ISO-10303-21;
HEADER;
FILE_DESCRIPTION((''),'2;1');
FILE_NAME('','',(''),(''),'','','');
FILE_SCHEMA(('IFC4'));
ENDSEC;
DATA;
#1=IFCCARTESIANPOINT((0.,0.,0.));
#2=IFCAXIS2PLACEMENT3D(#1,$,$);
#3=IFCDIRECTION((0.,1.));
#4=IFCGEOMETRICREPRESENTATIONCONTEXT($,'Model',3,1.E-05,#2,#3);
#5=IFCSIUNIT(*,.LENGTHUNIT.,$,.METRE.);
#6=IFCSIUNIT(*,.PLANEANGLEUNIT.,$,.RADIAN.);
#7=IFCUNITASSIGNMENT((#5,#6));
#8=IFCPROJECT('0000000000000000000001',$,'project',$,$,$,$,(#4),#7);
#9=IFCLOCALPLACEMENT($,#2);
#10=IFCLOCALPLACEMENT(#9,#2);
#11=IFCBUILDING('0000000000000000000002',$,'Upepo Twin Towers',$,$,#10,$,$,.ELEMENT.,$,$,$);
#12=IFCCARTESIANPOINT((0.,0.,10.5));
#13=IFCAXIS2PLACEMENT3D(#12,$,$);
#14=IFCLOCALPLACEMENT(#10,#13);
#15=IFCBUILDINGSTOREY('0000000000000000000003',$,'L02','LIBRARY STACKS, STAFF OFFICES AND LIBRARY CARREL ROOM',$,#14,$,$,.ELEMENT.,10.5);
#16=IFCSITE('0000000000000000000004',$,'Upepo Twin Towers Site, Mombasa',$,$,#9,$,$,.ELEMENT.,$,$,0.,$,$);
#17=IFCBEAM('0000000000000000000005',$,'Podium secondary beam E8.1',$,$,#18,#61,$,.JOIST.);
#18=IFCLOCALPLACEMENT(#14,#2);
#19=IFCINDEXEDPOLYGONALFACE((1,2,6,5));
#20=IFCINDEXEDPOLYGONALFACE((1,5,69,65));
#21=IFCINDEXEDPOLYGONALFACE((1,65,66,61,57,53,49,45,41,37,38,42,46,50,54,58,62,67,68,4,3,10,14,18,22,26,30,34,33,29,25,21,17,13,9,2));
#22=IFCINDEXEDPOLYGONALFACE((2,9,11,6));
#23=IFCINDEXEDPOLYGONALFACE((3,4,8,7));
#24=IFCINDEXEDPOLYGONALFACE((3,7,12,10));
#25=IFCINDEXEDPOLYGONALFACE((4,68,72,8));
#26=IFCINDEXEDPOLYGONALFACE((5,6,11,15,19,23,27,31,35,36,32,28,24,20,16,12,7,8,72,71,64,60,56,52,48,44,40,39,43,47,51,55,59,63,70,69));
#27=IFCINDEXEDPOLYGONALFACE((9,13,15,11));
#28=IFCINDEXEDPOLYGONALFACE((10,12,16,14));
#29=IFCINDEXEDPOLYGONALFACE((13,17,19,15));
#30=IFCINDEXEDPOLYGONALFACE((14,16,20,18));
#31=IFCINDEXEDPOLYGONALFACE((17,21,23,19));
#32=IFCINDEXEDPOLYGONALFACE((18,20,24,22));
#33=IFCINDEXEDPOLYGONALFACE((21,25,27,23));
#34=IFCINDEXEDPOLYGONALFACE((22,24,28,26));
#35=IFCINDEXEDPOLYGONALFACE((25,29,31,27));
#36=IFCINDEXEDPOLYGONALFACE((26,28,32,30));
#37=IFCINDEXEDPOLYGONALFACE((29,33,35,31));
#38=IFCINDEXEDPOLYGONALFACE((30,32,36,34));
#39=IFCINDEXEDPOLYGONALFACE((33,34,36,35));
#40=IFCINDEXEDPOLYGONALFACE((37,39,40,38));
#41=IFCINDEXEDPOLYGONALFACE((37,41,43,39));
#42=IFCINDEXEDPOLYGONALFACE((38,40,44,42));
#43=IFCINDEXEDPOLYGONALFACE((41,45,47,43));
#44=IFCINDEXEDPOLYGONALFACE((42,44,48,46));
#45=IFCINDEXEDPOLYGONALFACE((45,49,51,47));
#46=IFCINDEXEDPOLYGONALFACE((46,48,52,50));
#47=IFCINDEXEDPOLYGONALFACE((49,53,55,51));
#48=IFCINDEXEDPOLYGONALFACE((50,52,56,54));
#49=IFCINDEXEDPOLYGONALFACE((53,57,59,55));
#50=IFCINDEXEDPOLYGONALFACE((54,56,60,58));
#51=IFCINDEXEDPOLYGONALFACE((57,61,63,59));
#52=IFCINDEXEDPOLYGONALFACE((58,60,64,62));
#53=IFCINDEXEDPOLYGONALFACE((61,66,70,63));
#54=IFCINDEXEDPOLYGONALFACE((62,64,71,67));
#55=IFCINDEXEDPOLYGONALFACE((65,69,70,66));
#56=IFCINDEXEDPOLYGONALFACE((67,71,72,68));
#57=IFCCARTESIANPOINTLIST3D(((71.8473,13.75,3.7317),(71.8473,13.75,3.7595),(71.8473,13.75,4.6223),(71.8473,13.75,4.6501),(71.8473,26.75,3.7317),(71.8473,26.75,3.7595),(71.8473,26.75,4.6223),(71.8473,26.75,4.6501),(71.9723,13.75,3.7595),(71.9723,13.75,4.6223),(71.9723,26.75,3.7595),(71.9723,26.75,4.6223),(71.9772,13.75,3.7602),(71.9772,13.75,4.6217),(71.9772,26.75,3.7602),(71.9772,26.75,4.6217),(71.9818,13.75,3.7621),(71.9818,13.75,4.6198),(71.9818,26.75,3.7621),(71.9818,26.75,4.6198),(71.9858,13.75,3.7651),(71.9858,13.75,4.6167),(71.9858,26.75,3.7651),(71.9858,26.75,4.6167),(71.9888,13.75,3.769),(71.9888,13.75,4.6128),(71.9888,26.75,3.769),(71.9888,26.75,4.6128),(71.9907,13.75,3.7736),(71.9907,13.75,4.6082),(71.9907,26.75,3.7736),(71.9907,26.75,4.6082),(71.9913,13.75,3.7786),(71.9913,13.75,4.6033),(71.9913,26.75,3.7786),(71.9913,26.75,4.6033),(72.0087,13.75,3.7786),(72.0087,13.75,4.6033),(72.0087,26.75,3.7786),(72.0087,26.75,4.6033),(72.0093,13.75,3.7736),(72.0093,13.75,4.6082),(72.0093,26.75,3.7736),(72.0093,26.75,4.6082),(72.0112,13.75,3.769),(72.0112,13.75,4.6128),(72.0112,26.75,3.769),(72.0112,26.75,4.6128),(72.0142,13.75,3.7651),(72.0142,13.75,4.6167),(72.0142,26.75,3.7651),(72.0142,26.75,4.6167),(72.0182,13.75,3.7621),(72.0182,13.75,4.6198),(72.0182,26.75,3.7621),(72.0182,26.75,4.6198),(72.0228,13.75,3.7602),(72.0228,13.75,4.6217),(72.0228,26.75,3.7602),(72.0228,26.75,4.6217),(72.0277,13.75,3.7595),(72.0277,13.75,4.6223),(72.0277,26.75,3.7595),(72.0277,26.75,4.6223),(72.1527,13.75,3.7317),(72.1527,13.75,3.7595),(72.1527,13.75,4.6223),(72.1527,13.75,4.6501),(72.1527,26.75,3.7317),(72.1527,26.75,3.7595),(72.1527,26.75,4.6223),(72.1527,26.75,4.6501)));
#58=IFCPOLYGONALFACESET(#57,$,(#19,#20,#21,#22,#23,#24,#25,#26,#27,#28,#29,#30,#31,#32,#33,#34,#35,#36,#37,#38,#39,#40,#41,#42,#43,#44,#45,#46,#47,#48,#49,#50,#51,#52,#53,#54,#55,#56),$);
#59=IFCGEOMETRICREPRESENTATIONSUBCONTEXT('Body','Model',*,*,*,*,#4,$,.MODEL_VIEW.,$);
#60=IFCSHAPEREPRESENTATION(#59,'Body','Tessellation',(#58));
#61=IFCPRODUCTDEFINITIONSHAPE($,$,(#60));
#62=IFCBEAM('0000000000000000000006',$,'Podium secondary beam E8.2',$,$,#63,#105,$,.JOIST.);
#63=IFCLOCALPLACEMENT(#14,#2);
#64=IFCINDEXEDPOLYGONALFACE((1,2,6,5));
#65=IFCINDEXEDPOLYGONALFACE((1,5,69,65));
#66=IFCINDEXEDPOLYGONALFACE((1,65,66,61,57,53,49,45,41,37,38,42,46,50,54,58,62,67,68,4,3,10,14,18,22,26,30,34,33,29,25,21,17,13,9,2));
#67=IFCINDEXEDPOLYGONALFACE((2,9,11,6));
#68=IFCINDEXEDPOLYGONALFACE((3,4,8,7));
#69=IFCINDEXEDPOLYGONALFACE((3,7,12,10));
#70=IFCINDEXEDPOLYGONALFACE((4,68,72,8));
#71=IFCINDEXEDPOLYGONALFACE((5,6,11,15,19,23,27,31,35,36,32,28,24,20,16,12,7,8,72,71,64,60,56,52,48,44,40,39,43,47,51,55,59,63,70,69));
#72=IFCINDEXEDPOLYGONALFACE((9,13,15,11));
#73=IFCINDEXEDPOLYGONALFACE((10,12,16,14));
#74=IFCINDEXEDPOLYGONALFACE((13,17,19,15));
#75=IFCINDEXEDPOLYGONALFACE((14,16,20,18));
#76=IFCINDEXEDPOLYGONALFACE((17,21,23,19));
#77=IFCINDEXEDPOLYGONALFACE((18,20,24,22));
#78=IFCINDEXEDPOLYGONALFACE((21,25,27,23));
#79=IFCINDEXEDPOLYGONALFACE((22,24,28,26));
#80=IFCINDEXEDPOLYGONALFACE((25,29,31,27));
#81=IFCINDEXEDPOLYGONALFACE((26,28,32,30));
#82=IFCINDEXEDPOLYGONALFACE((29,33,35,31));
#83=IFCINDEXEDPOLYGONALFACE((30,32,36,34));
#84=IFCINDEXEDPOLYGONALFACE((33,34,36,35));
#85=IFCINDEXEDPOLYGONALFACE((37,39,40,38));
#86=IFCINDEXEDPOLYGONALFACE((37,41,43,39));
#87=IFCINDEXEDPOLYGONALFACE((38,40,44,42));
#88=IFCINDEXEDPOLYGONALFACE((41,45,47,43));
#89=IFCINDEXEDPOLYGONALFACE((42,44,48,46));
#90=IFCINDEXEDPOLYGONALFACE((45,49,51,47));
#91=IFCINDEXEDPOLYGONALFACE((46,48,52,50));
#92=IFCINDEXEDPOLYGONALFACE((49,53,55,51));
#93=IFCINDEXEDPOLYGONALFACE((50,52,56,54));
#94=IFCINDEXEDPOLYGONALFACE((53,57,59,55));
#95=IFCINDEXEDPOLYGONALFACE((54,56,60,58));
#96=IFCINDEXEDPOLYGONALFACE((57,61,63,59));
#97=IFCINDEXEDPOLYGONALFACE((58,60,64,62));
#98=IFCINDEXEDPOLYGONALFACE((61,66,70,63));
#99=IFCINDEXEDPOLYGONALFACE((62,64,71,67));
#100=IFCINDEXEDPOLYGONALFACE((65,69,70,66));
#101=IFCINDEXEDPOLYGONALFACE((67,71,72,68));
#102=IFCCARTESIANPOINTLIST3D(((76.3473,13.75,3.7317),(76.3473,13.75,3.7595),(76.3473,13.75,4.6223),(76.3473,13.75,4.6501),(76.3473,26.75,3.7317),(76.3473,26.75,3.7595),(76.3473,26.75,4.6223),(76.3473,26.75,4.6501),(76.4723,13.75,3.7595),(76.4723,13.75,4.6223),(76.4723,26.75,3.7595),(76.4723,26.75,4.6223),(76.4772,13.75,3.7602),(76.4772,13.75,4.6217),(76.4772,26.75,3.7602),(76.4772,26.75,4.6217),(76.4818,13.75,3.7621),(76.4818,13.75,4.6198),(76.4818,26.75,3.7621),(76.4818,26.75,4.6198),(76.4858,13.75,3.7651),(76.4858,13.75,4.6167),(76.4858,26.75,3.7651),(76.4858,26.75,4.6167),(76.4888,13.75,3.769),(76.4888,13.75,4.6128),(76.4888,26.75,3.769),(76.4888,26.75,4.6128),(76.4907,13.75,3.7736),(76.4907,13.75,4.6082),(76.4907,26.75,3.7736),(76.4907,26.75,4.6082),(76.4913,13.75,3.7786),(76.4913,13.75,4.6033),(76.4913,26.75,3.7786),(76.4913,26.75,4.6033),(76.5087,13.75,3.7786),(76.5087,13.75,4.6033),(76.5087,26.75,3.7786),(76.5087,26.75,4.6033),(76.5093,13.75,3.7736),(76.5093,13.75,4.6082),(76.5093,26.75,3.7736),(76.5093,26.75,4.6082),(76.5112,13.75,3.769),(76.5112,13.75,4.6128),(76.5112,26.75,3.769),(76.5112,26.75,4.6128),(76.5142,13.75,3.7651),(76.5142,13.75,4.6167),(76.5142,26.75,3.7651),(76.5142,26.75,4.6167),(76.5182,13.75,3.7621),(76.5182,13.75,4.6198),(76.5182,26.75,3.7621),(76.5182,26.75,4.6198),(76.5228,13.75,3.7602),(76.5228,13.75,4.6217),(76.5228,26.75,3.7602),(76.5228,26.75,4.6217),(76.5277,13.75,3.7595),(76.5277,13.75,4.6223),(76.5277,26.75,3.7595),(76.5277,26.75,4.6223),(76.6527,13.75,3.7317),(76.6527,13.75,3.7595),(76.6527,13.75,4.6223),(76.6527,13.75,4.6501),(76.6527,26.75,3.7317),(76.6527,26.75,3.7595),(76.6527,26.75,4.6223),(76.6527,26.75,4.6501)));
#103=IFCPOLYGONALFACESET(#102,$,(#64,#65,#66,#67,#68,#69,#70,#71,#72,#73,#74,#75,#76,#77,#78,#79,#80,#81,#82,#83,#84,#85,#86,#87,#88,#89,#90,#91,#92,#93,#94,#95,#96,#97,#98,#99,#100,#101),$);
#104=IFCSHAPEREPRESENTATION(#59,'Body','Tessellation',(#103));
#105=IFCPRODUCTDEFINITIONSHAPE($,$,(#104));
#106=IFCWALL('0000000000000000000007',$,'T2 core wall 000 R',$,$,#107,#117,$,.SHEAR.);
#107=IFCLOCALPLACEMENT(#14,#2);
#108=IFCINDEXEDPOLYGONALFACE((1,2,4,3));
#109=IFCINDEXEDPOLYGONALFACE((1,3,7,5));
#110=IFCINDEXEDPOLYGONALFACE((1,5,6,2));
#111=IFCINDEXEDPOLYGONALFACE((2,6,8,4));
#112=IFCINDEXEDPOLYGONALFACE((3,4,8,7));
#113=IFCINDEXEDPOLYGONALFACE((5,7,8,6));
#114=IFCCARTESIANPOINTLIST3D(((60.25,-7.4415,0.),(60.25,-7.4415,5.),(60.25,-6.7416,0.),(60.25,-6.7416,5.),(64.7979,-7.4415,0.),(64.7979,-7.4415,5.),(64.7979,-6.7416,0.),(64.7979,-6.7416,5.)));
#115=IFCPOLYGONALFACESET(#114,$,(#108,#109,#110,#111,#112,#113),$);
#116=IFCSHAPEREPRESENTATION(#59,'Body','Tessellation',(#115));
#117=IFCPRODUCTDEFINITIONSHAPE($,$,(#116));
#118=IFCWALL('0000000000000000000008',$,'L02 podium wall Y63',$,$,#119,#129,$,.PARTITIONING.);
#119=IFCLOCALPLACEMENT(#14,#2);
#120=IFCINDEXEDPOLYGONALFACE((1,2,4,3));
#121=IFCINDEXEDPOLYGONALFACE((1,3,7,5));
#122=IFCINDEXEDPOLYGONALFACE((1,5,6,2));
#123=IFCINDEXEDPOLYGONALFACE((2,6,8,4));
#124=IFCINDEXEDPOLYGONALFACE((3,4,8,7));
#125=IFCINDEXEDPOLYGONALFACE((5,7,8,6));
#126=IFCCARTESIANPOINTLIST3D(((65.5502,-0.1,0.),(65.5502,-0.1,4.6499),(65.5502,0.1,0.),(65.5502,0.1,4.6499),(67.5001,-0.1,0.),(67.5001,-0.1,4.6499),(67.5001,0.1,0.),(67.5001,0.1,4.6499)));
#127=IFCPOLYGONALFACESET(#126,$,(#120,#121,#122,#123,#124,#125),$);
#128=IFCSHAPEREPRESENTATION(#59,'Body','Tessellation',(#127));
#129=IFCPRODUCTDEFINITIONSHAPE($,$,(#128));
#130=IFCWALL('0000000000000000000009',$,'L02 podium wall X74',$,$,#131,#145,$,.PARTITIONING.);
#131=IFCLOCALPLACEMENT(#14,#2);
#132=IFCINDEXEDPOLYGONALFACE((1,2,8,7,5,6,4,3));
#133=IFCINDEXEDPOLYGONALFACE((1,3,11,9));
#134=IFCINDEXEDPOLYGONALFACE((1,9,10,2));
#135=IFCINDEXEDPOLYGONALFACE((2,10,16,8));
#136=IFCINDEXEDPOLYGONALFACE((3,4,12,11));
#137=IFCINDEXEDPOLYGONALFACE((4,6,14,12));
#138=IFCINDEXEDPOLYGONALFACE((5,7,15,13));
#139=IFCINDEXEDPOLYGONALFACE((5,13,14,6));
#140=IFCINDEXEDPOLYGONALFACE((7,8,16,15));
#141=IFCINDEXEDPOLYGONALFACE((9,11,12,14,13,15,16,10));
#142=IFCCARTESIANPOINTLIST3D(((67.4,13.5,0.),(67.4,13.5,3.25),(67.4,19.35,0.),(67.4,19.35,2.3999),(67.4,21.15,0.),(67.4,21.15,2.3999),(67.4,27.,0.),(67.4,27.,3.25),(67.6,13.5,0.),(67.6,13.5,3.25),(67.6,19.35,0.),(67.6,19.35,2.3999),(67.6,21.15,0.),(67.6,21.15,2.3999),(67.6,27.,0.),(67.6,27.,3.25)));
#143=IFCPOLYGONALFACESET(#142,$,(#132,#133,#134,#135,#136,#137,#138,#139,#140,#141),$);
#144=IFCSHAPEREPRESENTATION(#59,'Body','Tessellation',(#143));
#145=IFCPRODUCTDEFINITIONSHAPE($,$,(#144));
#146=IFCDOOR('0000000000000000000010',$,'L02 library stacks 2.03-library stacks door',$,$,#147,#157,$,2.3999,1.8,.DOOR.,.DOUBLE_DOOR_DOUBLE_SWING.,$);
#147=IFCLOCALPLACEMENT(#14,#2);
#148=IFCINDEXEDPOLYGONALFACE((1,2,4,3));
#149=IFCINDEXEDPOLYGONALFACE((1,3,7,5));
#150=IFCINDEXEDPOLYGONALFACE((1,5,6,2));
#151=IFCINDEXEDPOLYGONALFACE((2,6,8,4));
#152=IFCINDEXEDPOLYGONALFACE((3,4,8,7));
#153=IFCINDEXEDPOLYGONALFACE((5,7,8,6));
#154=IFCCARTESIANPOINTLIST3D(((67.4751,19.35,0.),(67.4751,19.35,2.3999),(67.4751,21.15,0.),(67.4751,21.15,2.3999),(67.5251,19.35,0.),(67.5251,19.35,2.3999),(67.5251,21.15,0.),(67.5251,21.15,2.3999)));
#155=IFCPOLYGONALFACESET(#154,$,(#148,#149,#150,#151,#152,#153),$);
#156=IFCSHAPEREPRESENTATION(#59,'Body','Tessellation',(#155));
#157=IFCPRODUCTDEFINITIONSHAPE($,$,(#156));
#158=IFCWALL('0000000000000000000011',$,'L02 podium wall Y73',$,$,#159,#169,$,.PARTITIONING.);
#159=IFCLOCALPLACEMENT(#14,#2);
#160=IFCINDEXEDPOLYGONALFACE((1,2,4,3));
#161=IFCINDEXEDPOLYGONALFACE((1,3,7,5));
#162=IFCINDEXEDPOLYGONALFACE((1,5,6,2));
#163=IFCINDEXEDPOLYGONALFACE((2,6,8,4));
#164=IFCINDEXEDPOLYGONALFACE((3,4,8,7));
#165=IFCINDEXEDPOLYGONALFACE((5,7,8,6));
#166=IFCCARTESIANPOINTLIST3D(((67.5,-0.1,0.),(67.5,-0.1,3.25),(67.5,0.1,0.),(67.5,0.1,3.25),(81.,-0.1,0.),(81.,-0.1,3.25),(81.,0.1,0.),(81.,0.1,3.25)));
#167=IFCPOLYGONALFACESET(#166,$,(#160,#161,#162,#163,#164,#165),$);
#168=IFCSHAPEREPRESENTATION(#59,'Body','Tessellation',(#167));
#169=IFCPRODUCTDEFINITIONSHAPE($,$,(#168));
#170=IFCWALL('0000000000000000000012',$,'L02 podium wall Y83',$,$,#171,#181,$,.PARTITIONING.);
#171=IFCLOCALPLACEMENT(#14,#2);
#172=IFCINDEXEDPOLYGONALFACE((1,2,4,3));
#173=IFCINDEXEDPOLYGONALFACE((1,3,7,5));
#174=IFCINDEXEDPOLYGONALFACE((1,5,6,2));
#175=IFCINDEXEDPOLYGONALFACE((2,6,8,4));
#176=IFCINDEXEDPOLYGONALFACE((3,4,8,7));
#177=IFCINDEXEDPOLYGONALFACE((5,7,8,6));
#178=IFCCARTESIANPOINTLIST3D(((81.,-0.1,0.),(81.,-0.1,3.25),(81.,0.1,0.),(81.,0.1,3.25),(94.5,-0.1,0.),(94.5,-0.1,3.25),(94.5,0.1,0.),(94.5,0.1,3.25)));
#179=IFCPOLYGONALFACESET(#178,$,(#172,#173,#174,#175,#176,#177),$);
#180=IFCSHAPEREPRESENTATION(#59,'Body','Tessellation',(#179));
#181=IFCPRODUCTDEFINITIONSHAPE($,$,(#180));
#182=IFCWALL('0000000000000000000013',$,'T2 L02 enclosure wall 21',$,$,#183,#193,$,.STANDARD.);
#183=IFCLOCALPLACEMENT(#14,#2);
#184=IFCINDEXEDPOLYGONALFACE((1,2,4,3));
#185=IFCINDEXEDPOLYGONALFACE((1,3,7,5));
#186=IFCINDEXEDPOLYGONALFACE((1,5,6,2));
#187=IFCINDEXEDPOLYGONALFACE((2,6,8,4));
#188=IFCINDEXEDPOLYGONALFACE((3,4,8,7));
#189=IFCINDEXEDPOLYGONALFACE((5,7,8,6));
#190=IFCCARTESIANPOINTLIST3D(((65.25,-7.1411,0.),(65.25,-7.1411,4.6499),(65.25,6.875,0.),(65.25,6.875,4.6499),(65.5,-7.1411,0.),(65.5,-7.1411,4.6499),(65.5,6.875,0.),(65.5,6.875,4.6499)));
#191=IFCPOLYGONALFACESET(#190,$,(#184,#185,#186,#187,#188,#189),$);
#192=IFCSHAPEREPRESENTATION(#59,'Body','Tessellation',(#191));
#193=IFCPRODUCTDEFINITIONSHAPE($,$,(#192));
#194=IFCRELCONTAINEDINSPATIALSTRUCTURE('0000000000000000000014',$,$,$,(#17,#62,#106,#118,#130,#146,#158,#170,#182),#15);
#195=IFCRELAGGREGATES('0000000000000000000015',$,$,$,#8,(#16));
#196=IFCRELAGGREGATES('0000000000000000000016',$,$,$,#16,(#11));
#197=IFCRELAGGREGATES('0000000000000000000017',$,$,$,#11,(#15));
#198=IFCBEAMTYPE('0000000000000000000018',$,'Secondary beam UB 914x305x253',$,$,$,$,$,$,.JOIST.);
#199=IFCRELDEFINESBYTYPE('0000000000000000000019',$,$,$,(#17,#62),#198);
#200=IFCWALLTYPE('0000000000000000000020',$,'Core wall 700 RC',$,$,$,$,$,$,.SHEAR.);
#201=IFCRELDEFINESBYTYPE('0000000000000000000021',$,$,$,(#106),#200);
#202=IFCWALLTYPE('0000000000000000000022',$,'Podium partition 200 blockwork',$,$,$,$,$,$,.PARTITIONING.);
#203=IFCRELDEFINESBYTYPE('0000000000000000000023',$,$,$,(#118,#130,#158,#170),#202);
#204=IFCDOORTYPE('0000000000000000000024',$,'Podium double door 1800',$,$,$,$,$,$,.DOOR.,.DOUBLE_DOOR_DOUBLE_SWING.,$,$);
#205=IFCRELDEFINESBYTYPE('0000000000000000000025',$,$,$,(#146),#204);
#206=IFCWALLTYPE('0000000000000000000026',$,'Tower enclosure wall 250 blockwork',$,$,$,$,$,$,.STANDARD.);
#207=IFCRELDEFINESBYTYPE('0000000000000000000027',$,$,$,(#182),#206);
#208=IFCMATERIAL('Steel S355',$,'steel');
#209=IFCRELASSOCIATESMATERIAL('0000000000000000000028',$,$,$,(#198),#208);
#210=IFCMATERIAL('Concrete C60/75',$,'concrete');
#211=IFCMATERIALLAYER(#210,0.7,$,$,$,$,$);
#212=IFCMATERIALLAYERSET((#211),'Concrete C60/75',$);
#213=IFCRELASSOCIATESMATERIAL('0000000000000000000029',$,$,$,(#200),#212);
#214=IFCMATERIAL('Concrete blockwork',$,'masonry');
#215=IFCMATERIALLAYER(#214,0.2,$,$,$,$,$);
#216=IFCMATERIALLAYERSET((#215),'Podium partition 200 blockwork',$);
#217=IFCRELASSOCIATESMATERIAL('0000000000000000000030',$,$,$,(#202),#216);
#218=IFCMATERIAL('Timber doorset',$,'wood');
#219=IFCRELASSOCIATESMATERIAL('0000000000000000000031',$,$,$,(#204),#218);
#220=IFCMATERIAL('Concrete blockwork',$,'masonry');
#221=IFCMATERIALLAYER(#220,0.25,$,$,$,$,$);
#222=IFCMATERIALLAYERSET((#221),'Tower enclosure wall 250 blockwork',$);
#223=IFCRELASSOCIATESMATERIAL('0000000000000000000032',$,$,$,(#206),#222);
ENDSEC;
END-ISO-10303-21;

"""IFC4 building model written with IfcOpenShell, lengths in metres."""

from ifc_helpers import new_model, si_unit, direction, frame, frame_2d, origin, origin_2d, place, context, subcontext, project, spatial, rectangle, i_section, extrude, material, layer, layer_set, material_profile, profile_set, type_object, element, fill, save


model = new_model("IFC4")

# Units and contexts
model_context = context("Model", 3, precision=1e-05, world=origin(), true_north=direction((0.0, 1.0)))
body_context = subcontext(model_context, "Body", "Model", "MODEL_VIEW")
ifc_project = project(units=[si_unit("LENGTHUNIT", "METRE"), si_unit("PLANEANGLEUNIT", "RADIAN")], contexts=[model_context])

# Site, building, storey
site_placement = place(None, origin())
site = spatial("IfcSite", under=ifc_project, at=site_placement, Name="Upepo Twin Towers Site, Mombasa", CompositionType="ELEMENT", RefElevation=0.0)
building_placement = place(site_placement, origin())
building = spatial("IfcBuilding", under=site, at=building_placement, Name="Upepo Twin Towers", CompositionType="ELEMENT")
storey_placement = place(building_placement, frame((0.0, 0.0, 10.5)))
storey = spatial("IfcBuildingStorey", under=building, at=storey_placement, Name="L02", Description="LIBRARY STACKS, STAFF OFFICES AND LIBRARY CARREL ROOM", CompositionType="ELEMENT", Elevation=10.5)

# Beams
ifc_material_1 = material(Name="Steel S355", Category="steel")
ifc_material_profile_1 = material_profile(ifc_material_1, i_section(OverallWidth=0.3054, OverallDepth=0.9185, WebThickness=0.0173, FlangeThickness=0.0278, FilletRadius=0.019, at=origin_2d()), Name="UB 914x305x253")
ifc_profile_set_1 = profile_set([ifc_material_profile_1], Name="Steel S355")
beam_type_1 = type_object("IfcBeamType", Name="Secondary beam UB 914x305x253", PredefinedType="JOIST", material=ifc_profile_set_1)
for number, where, z_axis, x_axis, name in (
    (1, (72.0, 13.75, 4.1909), (0.0, 1.0, 0.0), (-1.0, 0.0, 0.0), "Podium secondary beam E8.1"),
    (2, (76.5, 13.75, 4.1909), (0.0, 1.0, 0.0), (-1.0, 0.0, 0.0), "Podium secondary beam E8.2"),
):
    element("IfcBeam", number, at=place(storey_placement, frame(where, z_axis=z_axis, x_axis=x_axis)), inside=storey, type_object=beam_type_1, Name=name, PredefinedType="JOIST", context=body_context, shape_type="SweptSolid", body=[
        extrude(i_section(OverallWidth=0.3054, OverallDepth=0.9185, WebThickness=0.0173, FlangeThickness=0.0278, FilletRadius=0.019, at=origin_2d()), origin(), (0.0, 0.0, 1.0), 13.0),
    ])

# Walls
ifc_material_2 = material(Name="Concrete C60/75", Category="concrete")
ifc_layer_1 = layer(ifc_material_2, 0.7)
ifc_layer_set_1 = layer_set([ifc_layer_1], Name="Concrete C60/75")
wall_type_1 = type_object("IfcWallType", Name="Core wall 700 RC", PredefinedType="SHEAR", material=ifc_layer_set_1)
wall_1_placement = place(storey_placement, frame((64.7979, -7.0916, 0.0), z_axis=(0.0, 0.0, 1.0), x_axis=(-1.0, 0.0, 0.0)))
element("IfcWall", 3, at=wall_1_placement, inside=storey, type_object=wall_type_1, Name="T2 core wall 000 R", PredefinedType="SHEAR", context=body_context, shape_type="SweptSolid", body=[
    extrude(rectangle(XDim=4.5479, YDim=0.7, at=frame_2d((2.2739, 0.0))), origin(), (0.0, 0.0, 1.0), 5.0),
])
ifc_material_3 = material(Name="Concrete blockwork", Category="masonry")
ifc_layer_2 = layer(ifc_material_3, 0.2)
ifc_layer_set_2 = layer_set([ifc_layer_2], Name="Podium partition 200 blockwork")
wall_type_2 = type_object("IfcWallType", Name="Podium partition 200 blockwork", PredefinedType="PARTITIONING", material=ifc_layer_set_2)
wall_2_placement = place(storey_placement, frame((65.55, 0.0, 0.0), z_axis=(0.0, 0.0, 1.0), x_axis=(1.0, 0.0, 0.0)))
element("IfcWall", 4, at=wall_2_placement, inside=storey, type_object=wall_type_2, Name="L02 podium wall Y63", PredefinedType="PARTITIONING", context=body_context, shape_type="SweptSolid", body=[
    extrude(rectangle(XDim=1.95, YDim=0.2, at=frame_2d((0.9751, 0.0))), origin(), (0.0, 0.0, 1.0), 4.6499),
])

# Wall, opening, door
wall_3_placement = place(storey_placement, frame((67.5, 13.5, 0.0), z_axis=(0.0, 0.0, 1.0), x_axis=(0.0, 1.0, 0.0)))
wall_3 = element("IfcWall", 5, at=wall_3_placement, inside=storey, type_object=wall_type_2, Name="L02 podium wall X74", PredefinedType="PARTITIONING", context=body_context, shape_type="SweptSolid", body=[
    extrude(rectangle(XDim=13.5, YDim=0.2, at=frame_2d((6.75, 0.0))), origin(), (0.0, 0.0, 1.0), 3.25),
])
opening_placement = place(wall_3_placement, frame((5.8501, 0.0, 0.0)))
opening = element("IfcOpeningElement", 6, at=opening_placement, cuts=wall_3, PredefinedType="OPENING", context=body_context, shape_type="SweptSolid", body=[
    extrude(rectangle(XDim=1.8, YDim=2.3999, at=frame_2d((0.8999, 1.2))), frame((0.0, 0.1099, 0.0), z_axis=(0.0, -1.0, 0.0), x_axis=(1.0, 0.0, 0.0)), (0.0, 0.0, 1.0), 0.22),
])
ifc_material_4 = material(Name="Timber doorset", Category="wood")
door_type = type_object("IfcDoorType", Name="Podium double door 1800", OperationType="DOUBLE_DOOR_DOUBLE_SWING", PredefinedType="DOOR", material=ifc_material_4)
door_placement = place(opening_placement, origin())
door = element("IfcDoor", 7, at=door_placement, inside=storey, type_object=door_type, Name="L02 library stacks 2.03-library stacks door", OperationType="DOUBLE_DOOR_DOUBLE_SWING", OverallHeight=2.3999, OverallWidth=1.8, PredefinedType="DOOR", context=body_context, shape_type="SweptSolid", body=[
    extrude(rectangle(XDim=1.8, YDim=2.3999, at=frame_2d((0.8999, 1.2))), frame((0.0, 0.0249, 0.0), z_axis=(0.0, -1.0, 0.0), x_axis=(1.0, 0.0, 0.0)), (0.0, 0.0, 1.0), 0.05),
])
fill(opening, door)

# Walls
for number, where, z_axis, x_axis, name in (
    (8, (67.5, 0.0, 0.0), (0.0, 0.0, 1.0), (1.0, 0.0, 0.0), "L02 podium wall Y73"),
    (9, (81.0, 0.0, 0.0), (0.0, 0.0, 1.0), (1.0, 0.0, 0.0), "L02 podium wall Y83"),
):
    element("IfcWall", number, at=place(storey_placement, frame(where, z_axis=z_axis, x_axis=x_axis)), inside=storey, type_object=wall_type_2, Name=name, PredefinedType="PARTITIONING", context=body_context, shape_type="SweptSolid", body=[
        extrude(rectangle(XDim=13.5, YDim=0.2, at=frame_2d((6.75, 0.0))), origin(), (0.0, 0.0, 1.0), 3.25),
    ])
ifc_material_5 = material(Name="Concrete blockwork", Category="masonry")
ifc_layer_3 = layer(ifc_material_5, 0.25)
ifc_layer_set_3 = layer_set([ifc_layer_3], Name="Tower enclosure wall 250 blockwork")
wall_type_3 = type_object("IfcWallType", Name="Tower enclosure wall 250 blockwork", PredefinedType="STANDARD", material=ifc_layer_set_3)
wall_4_placement = place(storey_placement, frame((65.375, 6.875, 0.0), z_axis=(0.0, 0.0, 1.0), x_axis=(0.0, -1.0, 0.0)))
element("IfcWall", 10, at=wall_4_placement, inside=storey, type_object=wall_type_3, Name="T2 L02 enclosure wall 21", PredefinedType="STANDARD", context=body_context, shape_type="SweptSolid", body=[
    extrude(rectangle(XDim=14.0161, YDim=0.25, at=frame_2d((7.0081, 0.0))), origin(), (0.0, 0.0, 1.0), 4.6499),
])

save(model, "model.ifc")
